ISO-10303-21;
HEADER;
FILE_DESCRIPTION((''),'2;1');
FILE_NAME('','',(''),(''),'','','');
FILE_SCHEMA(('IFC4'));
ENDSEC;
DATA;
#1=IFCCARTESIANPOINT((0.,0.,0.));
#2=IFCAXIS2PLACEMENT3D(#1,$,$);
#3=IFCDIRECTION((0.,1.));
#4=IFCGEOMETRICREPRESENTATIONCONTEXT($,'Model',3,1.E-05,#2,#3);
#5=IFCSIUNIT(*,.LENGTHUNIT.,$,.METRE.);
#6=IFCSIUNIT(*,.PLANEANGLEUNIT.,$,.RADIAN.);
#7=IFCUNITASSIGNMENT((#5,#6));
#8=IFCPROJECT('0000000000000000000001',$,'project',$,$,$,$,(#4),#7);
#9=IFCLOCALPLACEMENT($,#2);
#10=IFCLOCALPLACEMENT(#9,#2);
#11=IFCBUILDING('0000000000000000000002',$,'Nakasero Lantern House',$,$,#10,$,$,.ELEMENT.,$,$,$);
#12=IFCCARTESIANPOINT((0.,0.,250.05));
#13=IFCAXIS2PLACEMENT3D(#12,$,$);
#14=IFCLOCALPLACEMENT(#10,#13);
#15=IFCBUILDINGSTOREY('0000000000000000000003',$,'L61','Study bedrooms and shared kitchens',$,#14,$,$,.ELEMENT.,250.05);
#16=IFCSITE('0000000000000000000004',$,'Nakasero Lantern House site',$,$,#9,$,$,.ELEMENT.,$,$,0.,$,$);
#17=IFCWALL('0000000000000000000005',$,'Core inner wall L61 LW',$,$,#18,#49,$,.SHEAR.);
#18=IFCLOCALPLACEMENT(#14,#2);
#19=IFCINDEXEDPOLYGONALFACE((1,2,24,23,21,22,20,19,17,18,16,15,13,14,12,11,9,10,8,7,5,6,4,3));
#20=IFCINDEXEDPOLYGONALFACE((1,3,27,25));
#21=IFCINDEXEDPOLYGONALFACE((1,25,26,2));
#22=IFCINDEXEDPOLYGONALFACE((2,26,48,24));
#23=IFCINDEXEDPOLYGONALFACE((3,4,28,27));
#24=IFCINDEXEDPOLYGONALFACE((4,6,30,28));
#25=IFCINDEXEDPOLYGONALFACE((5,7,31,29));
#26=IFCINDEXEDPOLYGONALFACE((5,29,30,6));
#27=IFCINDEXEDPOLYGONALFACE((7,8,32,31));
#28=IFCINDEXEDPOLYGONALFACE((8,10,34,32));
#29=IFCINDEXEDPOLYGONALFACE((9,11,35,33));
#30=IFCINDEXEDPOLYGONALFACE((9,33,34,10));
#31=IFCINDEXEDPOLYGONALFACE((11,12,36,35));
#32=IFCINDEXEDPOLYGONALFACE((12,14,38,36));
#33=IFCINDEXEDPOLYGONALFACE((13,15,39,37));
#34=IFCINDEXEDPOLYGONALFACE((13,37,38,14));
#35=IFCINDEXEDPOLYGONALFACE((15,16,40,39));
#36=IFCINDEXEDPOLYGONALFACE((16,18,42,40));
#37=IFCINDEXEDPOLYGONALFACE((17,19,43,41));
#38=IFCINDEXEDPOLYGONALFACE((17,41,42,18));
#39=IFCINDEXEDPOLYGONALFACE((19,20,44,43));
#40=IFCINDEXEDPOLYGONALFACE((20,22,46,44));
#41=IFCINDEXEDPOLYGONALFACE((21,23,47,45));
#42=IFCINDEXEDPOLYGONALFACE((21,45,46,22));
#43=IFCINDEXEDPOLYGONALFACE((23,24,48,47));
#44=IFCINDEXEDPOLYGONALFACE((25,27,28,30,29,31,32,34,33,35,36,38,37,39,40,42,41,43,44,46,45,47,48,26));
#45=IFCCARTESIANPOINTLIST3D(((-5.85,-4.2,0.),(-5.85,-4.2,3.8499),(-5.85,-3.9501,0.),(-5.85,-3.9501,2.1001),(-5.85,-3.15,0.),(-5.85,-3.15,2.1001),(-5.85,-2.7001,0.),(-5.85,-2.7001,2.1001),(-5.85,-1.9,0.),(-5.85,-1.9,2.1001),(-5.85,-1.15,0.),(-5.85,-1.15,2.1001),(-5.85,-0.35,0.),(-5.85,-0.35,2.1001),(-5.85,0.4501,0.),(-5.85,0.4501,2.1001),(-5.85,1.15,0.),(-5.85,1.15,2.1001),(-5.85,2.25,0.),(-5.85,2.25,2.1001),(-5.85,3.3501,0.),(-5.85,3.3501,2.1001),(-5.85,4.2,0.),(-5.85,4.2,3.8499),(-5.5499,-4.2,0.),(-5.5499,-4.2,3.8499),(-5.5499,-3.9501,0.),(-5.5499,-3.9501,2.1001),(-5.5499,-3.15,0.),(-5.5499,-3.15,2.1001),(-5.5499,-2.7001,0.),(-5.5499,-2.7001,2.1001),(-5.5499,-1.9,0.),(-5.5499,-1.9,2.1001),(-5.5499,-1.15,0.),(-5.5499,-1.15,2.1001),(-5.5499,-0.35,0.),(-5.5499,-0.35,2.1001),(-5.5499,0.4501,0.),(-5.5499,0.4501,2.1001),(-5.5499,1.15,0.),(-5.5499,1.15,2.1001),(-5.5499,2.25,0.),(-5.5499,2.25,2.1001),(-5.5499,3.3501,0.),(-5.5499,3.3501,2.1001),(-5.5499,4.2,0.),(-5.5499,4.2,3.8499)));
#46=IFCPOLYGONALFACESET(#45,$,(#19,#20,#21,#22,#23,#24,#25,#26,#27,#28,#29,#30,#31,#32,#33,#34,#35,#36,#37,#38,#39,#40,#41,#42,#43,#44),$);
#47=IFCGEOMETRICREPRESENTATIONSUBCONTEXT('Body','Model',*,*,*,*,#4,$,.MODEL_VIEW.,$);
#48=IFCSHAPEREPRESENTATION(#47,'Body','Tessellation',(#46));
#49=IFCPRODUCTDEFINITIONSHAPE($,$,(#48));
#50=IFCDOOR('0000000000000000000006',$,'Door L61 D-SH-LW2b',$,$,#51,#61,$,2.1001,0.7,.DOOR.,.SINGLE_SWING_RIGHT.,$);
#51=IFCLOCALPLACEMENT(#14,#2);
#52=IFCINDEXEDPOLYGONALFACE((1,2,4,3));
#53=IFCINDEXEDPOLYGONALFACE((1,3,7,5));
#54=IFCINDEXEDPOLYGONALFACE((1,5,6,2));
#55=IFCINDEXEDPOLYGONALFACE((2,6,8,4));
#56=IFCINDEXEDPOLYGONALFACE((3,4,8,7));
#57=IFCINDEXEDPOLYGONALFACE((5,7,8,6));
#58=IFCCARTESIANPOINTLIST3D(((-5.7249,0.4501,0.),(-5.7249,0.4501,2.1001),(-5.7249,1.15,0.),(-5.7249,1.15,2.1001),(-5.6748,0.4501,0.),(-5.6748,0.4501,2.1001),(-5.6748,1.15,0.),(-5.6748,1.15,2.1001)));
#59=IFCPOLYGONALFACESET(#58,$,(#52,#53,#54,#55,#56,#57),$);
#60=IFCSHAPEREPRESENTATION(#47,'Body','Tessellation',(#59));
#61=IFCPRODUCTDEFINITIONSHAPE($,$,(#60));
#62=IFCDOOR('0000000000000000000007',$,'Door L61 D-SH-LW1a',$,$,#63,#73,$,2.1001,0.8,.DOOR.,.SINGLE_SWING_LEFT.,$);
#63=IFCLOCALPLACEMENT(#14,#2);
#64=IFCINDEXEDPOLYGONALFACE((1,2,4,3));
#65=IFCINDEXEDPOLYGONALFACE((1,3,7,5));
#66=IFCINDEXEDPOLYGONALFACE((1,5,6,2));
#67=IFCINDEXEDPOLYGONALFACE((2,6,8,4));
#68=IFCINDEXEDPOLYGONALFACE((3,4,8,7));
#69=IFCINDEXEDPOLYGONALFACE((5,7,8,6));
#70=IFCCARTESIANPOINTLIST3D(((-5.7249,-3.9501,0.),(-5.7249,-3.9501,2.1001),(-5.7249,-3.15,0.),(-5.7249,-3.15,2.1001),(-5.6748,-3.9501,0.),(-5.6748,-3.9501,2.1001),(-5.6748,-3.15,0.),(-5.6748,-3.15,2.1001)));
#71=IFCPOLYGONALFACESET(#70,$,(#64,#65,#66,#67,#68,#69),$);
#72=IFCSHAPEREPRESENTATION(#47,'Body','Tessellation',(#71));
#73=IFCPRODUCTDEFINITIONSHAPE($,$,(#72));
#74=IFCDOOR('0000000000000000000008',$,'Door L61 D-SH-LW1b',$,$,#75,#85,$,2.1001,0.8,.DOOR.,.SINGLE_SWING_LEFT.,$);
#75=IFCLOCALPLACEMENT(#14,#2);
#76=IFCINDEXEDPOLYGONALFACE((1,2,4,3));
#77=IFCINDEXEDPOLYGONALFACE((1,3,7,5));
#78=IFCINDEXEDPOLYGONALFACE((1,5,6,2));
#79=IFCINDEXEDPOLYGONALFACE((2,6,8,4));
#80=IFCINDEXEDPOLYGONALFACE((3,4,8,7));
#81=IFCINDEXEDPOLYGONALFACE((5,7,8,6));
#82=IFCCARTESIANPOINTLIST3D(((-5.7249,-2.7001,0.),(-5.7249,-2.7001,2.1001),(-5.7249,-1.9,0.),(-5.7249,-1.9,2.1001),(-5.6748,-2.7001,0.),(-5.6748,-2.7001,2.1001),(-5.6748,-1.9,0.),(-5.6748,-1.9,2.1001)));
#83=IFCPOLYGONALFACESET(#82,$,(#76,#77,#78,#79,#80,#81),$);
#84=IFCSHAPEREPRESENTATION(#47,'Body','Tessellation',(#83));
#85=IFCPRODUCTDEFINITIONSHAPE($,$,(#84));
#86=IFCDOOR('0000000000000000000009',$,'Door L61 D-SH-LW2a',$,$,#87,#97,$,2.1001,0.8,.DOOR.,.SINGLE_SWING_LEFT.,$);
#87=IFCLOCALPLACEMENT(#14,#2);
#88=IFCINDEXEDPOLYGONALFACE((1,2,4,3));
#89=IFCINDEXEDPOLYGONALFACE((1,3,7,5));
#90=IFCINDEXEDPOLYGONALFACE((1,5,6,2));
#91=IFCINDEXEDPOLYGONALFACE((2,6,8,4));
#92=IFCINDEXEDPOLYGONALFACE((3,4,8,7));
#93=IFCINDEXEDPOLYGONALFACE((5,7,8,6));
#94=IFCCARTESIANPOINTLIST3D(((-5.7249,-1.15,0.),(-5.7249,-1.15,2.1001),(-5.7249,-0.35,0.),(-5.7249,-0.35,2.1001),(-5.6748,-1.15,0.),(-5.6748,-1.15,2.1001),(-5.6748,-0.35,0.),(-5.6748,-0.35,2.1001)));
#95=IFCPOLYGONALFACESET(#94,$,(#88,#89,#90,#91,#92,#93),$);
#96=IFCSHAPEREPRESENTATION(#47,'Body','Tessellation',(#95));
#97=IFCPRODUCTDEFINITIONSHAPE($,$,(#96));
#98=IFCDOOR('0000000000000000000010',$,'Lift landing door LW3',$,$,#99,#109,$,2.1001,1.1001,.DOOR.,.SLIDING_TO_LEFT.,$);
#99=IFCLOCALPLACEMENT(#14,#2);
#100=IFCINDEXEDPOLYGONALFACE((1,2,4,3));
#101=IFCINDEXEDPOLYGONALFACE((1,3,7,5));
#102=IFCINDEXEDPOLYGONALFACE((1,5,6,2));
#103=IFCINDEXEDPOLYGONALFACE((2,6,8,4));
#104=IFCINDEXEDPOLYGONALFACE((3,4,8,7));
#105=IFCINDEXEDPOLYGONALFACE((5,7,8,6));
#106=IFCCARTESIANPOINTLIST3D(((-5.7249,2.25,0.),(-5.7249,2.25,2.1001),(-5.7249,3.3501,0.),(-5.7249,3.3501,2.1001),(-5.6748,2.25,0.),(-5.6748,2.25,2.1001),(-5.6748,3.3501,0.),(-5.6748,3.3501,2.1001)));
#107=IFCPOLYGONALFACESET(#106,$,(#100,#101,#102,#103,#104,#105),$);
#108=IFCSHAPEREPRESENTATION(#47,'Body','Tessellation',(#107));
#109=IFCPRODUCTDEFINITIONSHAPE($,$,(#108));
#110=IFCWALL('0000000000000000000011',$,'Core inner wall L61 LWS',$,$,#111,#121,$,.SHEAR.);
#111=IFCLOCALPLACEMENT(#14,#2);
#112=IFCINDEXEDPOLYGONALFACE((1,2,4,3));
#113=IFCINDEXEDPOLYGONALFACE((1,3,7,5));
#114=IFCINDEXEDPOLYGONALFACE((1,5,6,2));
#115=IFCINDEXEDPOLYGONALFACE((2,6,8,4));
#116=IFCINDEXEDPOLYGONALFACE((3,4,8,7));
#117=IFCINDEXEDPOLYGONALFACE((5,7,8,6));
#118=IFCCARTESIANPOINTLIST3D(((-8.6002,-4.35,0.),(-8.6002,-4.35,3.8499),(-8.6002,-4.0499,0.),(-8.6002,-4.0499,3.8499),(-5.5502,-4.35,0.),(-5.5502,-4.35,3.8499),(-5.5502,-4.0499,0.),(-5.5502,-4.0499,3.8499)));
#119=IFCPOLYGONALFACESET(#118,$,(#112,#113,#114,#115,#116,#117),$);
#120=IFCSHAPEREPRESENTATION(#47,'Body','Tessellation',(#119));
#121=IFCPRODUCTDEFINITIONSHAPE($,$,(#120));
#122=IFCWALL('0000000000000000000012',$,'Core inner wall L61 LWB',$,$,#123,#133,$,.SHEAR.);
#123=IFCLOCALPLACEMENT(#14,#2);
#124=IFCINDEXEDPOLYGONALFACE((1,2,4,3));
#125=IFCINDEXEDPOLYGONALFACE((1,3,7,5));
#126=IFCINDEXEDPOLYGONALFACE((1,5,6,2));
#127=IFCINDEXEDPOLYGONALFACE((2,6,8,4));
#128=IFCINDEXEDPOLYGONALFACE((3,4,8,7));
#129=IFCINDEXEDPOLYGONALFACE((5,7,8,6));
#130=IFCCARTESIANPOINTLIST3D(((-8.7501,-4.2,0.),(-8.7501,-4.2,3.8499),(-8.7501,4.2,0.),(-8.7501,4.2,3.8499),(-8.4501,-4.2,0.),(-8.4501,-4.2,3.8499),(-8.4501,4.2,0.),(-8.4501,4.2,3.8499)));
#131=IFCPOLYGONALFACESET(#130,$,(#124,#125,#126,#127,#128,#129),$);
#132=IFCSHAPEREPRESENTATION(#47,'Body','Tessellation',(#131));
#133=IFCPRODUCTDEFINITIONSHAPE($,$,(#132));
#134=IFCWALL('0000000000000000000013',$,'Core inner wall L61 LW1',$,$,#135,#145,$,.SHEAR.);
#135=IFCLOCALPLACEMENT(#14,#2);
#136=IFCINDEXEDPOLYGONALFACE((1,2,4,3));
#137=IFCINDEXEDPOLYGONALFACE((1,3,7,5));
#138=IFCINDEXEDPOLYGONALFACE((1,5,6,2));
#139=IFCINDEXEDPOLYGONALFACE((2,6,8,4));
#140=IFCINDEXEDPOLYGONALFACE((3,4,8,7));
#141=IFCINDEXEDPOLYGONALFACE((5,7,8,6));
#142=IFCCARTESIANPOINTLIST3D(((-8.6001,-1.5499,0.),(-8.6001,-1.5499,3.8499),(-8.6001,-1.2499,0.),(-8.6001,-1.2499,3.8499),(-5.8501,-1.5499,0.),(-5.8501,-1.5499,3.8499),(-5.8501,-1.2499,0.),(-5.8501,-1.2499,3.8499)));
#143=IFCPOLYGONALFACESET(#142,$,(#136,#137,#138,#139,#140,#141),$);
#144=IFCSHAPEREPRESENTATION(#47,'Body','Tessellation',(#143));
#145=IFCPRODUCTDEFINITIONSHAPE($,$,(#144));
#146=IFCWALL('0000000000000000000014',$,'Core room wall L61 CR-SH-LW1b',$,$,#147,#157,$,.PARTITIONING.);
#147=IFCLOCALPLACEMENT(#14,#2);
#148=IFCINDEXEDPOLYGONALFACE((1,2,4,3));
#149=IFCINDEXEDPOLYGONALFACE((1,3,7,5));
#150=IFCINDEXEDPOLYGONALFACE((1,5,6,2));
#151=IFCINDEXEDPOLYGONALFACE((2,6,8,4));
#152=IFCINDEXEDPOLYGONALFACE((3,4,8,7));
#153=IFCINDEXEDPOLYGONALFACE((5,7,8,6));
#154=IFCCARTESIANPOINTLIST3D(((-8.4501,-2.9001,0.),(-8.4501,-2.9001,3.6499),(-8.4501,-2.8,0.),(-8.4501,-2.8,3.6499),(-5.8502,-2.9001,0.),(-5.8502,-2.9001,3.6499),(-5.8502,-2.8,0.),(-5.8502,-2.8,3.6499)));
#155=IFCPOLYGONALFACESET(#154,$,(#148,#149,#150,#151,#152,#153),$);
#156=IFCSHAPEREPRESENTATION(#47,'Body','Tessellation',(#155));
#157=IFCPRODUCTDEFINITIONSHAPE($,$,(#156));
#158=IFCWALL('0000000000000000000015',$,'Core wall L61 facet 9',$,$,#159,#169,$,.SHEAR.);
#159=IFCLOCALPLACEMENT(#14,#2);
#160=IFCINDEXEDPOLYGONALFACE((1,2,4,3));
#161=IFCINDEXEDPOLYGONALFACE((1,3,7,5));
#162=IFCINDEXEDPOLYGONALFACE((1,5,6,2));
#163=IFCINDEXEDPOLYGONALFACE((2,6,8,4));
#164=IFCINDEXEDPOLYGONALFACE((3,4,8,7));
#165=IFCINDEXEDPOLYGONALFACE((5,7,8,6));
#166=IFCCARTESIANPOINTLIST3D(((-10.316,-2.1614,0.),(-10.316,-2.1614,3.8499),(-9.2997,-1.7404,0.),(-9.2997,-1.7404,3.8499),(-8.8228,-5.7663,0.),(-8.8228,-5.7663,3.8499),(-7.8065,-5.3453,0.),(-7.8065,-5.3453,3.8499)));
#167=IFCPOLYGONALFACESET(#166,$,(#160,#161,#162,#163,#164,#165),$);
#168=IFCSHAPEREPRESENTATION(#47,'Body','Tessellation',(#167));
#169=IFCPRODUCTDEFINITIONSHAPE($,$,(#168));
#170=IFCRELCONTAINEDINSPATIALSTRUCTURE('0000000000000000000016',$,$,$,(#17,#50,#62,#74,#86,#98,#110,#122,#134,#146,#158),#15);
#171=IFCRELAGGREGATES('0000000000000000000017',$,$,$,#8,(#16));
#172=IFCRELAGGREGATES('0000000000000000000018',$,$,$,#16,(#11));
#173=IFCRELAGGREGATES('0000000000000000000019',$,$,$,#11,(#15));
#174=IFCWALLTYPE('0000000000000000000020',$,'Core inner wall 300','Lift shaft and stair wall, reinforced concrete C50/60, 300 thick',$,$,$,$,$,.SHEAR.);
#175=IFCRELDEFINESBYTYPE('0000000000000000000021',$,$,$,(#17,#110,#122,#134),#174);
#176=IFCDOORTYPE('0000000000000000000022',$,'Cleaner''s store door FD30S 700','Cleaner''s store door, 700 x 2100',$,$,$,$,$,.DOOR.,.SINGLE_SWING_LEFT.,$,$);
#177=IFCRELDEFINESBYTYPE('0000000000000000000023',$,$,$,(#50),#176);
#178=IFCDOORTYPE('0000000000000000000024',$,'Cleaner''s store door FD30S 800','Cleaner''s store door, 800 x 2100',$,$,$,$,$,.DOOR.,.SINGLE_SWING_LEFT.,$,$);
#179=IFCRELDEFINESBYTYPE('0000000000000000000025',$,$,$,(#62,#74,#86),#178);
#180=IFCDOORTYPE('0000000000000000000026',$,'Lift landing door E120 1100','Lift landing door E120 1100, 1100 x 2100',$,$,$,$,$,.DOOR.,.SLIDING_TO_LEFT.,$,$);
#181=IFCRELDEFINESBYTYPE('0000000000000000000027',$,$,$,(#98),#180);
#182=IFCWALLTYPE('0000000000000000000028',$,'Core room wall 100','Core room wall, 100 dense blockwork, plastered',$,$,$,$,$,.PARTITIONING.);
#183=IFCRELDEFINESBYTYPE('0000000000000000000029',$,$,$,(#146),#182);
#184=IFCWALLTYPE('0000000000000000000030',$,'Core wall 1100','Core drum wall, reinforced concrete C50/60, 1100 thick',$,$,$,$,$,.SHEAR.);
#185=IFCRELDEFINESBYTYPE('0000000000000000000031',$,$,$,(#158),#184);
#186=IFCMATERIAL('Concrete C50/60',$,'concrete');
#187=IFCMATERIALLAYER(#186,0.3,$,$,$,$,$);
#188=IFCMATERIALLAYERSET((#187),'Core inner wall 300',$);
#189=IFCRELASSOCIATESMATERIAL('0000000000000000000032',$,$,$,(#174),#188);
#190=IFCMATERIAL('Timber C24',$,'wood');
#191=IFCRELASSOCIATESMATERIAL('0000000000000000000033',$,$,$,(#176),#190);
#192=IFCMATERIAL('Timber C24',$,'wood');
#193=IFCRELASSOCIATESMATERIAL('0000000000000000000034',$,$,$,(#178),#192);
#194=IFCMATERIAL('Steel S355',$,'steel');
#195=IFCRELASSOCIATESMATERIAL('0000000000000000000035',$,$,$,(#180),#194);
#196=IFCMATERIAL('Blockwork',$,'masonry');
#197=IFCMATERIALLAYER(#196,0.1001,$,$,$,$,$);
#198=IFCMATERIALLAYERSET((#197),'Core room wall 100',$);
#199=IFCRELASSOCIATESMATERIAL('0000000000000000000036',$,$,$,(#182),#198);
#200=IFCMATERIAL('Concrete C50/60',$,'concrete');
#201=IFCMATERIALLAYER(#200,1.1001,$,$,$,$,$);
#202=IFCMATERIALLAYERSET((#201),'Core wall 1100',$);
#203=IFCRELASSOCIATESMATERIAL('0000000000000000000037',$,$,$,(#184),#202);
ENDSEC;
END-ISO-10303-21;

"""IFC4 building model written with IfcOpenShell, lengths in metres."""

from ifc_helpers import new_model, si_unit, direction, frame, frame_2d, origin, place, context, subcontext, project, spatial, rectangle, extrude, material, layer, layer_set, type_object, element, fill, save


model = new_model("IFC4")

# Units and contexts
model_context = context("Model", 3, precision=1e-05, world=origin(), true_north=direction((0.0, 1.0)))
body_context = subcontext(model_context, "Body", "Model", "MODEL_VIEW")
ifc_project = project(units=[si_unit("LENGTHUNIT", "METRE"), si_unit("PLANEANGLEUNIT", "RADIAN")], contexts=[model_context])

# Site, building, storey
site_placement = place(None, origin())
site = spatial("IfcSite", under=ifc_project, at=site_placement, Name="Nakasero Lantern House site", CompositionType="ELEMENT", RefElevation=0.0)
building_placement = place(site_placement, origin())
building = spatial("IfcBuilding", under=site, at=building_placement, Name="Nakasero Lantern House", CompositionType="ELEMENT")
storey_placement = place(building_placement, frame((0.0, 0.0, 250.05)))
storey = spatial("IfcBuildingStorey", under=building, at=storey_placement, Name="L61", Description="Study bedrooms and shared kitchens", CompositionType="ELEMENT", Elevation=250.05)

# Wall, openings, doors
ifc_material_1 = material(Name="Concrete C50/60", Category="concrete")
ifc_layer_1 = layer(ifc_material_1, 0.3)
ifc_layer_set_1 = layer_set([ifc_layer_1], Name="Core inner wall 300")
wall_type_1 = type_object("IfcWallType", Name="Core inner wall 300", Description="Lift shaft and stair wall, reinforced concrete C50/60, 300 thick", PredefinedType="SHEAR", material=ifc_layer_set_1)
wall_1_placement = place(storey_placement, frame((-5.7, -4.2, 0.0), z_axis=(0.0, 0.0, 1.0), x_axis=(0.0, 1.0, 0.0)))
wall_1 = element("IfcWall", 1, at=wall_1_placement, inside=storey, type_object=wall_type_1, Name="Core inner wall L61 LW", PredefinedType="SHEAR", context=body_context, shape_type="SweptSolid", body=[
    extrude(rectangle(XDim=8.3999, YDim=0.3, at=frame_2d((4.2, 0.0))), origin(), (0.0, 0.0, 1.0), 3.8499),
])
opening_1_placement = place(wall_1_placement, frame((0.25, 0.0, 0.0)))
opening_1 = element("IfcOpeningElement", 2, at=opening_1_placement, cuts=wall_1, PredefinedType="OPENING", context=body_context, shape_type="SweptSolid", body=[
    extrude(rectangle(XDim=0.8, YDim=2.1001, at=frame_2d((0.3999, 1.05))), frame((0.0, 0.1699, 0.0), z_axis=(0.0, -1.0, 0.0), x_axis=(1.0, 0.0, 0.0)), (0.0, 0.0, 1.0), 0.3401),
])
opening_2_placement = place(wall_1_placement, frame((1.5, 0.0, 0.0)))
opening_2 = element("IfcOpeningElement", 3, at=opening_2_placement, cuts=wall_1, PredefinedType="OPENING", context=body_context, shape_type="SweptSolid", body=[
    extrude(rectangle(XDim=0.8, YDim=2.1001, at=frame_2d((0.3999, 1.05))), frame((0.0, 0.1699, 0.0), z_axis=(0.0, -1.0, 0.0), x_axis=(1.0, 0.0, 0.0)), (0.0, 0.0, 1.0), 0.3401),
])
opening_3_placement = place(wall_1_placement, frame((3.05, 0.0, 0.0)))
opening_3 = element("IfcOpeningElement", 4, at=opening_3_placement, cuts=wall_1, PredefinedType="OPENING", context=body_context, shape_type="SweptSolid", body=[
    extrude(rectangle(XDim=0.8, YDim=2.1001, at=frame_2d((0.3999, 1.05))), frame((0.0, 0.1699, 0.0), z_axis=(0.0, -1.0, 0.0), x_axis=(1.0, 0.0, 0.0)), (0.0, 0.0, 1.0), 0.3401),
])
opening_4_placement = place(wall_1_placement, frame((4.6499, 0.0, 0.0)))
opening_4 = element("IfcOpeningElement", 5, at=opening_4_placement, cuts=wall_1, PredefinedType="OPENING", context=body_context, shape_type="SweptSolid", body=[
    extrude(rectangle(XDim=0.7, YDim=2.1001, at=frame_2d((0.3501, 1.05))), frame((0.0, 0.1699, 0.0), z_axis=(0.0, -1.0, 0.0), x_axis=(1.0, 0.0, 0.0)), (0.0, 0.0, 1.0), 0.3401),
])
opening_5_placement = place(wall_1_placement, frame((6.45, 0.0, 0.0)))
opening_5 = element("IfcOpeningElement", 6, at=opening_5_placement, cuts=wall_1, PredefinedType="OPENING", context=body_context, shape_type="SweptSolid", body=[
    extrude(rectangle(XDim=1.1001, YDim=2.1001, at=frame_2d((0.55, 1.05))), frame((0.0, 0.1699, 0.0), z_axis=(0.0, -1.0, 0.0), x_axis=(1.0, 0.0, 0.0)), (0.0, 0.0, 1.0), 0.3401),
])
ifc_material_2 = material(Name="Timber C24", Category="wood")
door_type_1 = type_object("IfcDoorType", Name="Cleaner's store door FD30S 700", Description="Cleaner's store door, 700 x 2100", OperationType="SINGLE_SWING_LEFT", PredefinedType="DOOR", material=ifc_material_2)
door_1_placement = place(opening_4_placement, origin())
door_1 = element("IfcDoor", 7, at=door_1_placement, inside=storey, type_object=door_type_1, Name="Door L61 D-SH-LW2b", OperationType="SINGLE_SWING_RIGHT", OverallHeight=2.1001, OverallWidth=0.7, PredefinedType="DOOR", context=body_context, shape_type="SweptSolid", body=[
    extrude(rectangle(XDim=0.7, YDim=2.1001, at=frame_2d((0.3501, 1.05))), frame((0.0, 0.0249, 0.0), z_axis=(0.0, -1.0, 0.0), x_axis=(1.0, 0.0, 0.0)), (0.0, 0.0, 1.0), 0.05),
])
fill(opening_4, door_1)
ifc_material_3 = material(Name="Timber C24", Category="wood")
door_type_2 = type_object("IfcDoorType", Name="Cleaner's store door FD30S 800", Description="Cleaner's store door, 800 x 2100", OperationType="SINGLE_SWING_LEFT", PredefinedType="DOOR", material=ifc_material_3)
door_2_placement = place(opening_1_placement, origin())
door_2 = element("IfcDoor", 8, at=door_2_placement, inside=storey, type_object=door_type_2, Name="Door L61 D-SH-LW1a", OperationType="SINGLE_SWING_LEFT", OverallHeight=2.1001, OverallWidth=0.8, PredefinedType="DOOR", context=body_context, shape_type="SweptSolid", body=[
    extrude(rectangle(XDim=0.8, YDim=2.1001, at=frame_2d((0.3999, 1.05))), frame((0.0, 0.0249, 0.0), z_axis=(0.0, -1.0, 0.0), x_axis=(1.0, 0.0, 0.0)), (0.0, 0.0, 1.0), 0.05),
])
fill(opening_1, door_2)
door_3_placement = place(opening_2_placement, origin())
door_3 = element("IfcDoor", 9, at=door_3_placement, inside=storey, type_object=door_type_2, Name="Door L61 D-SH-LW1b", OperationType="SINGLE_SWING_LEFT", OverallHeight=2.1001, OverallWidth=0.8, PredefinedType="DOOR", context=body_context, shape_type="SweptSolid", body=[
    extrude(rectangle(XDim=0.8, YDim=2.1001, at=frame_2d((0.3999, 1.05))), frame((0.0, 0.0249, 0.0), z_axis=(0.0, -1.0, 0.0), x_axis=(1.0, 0.0, 0.0)), (0.0, 0.0, 1.0), 0.05),
])
fill(opening_2, door_3)
door_4_placement = place(opening_3_placement, origin())
door_4 = element("IfcDoor", 10, at=door_4_placement, inside=storey, type_object=door_type_2, Name="Door L61 D-SH-LW2a", OperationType="SINGLE_SWING_LEFT", OverallHeight=2.1001, OverallWidth=0.8, PredefinedType="DOOR", context=body_context, shape_type="SweptSolid", body=[
    extrude(rectangle(XDim=0.8, YDim=2.1001, at=frame_2d((0.3999, 1.05))), frame((0.0, 0.0249, 0.0), z_axis=(0.0, -1.0, 0.0), x_axis=(1.0, 0.0, 0.0)), (0.0, 0.0, 1.0), 0.05),
])
fill(opening_3, door_4)
ifc_material_4 = material(Name="Steel S355", Category="steel")
door_type_3 = type_object("IfcDoorType", Name="Lift landing door E120 1100", Description="Lift landing door E120 1100, 1100 x 2100", OperationType="SLIDING_TO_LEFT", PredefinedType="DOOR", material=ifc_material_4)
door_5_placement = place(opening_5_placement, origin())
door_5 = element("IfcDoor", 11, at=door_5_placement, inside=storey, type_object=door_type_3, Name="Lift landing door LW3", OperationType="SLIDING_TO_LEFT", OverallHeight=2.1001, OverallWidth=1.1001, PredefinedType="DOOR", context=body_context, shape_type="SweptSolid", body=[
    extrude(rectangle(XDim=1.1001, YDim=2.1001, at=frame_2d((0.55, 1.05))), frame((0.0, 0.0249, 0.0), z_axis=(0.0, -1.0, 0.0), x_axis=(1.0, 0.0, 0.0)), (0.0, 0.0, 1.0), 0.05),
])
fill(opening_5, door_5)

# Walls
wall_2_placement = place(storey_placement, frame((-8.6001, -4.2, 0.0), z_axis=(0.0, 0.0, 1.0), x_axis=(1.0, 0.0, 0.0)))
element("IfcWall", 12, at=wall_2_placement, inside=storey, type_object=wall_type_1, Name="Core inner wall L61 LWS", PredefinedType="SHEAR", context=body_context, shape_type="SweptSolid", body=[
    extrude(rectangle(XDim=3.05, YDim=0.3, at=frame_2d((1.5249, 0.0))), origin(), (0.0, 0.0, 1.0), 3.8499),
])
wall_3_placement = place(storey_placement, frame((-8.6001, -4.2, 0.0), z_axis=(0.0, 0.0, 1.0), x_axis=(0.0, 1.0, 0.0)))
element("IfcWall", 13, at=wall_3_placement, inside=storey, type_object=wall_type_1, Name="Core inner wall L61 LWB", PredefinedType="SHEAR", context=body_context, shape_type="SweptSolid", body=[
    extrude(rectangle(XDim=8.3999, YDim=0.3, at=frame_2d((4.2, 0.0))), origin(), (0.0, 0.0, 1.0), 3.8499),
])
wall_4_placement = place(storey_placement, frame((-8.6001, -1.3999, 0.0), z_axis=(0.0, 0.0, 1.0), x_axis=(1.0, 0.0, 0.0)))
element("IfcWall", 14, at=wall_4_placement, inside=storey, type_object=wall_type_1, Name="Core inner wall L61 LW1", PredefinedType="SHEAR", context=body_context, shape_type="SweptSolid", body=[
    extrude(rectangle(XDim=2.75, YDim=0.3, at=frame_2d((1.375, 0.0))), origin(), (0.0, 0.0, 1.0), 3.8499),
])
ifc_material_5 = material(Name="Blockwork", Category="masonry")
ifc_layer_2 = layer(ifc_material_5, 0.1001)
ifc_layer_set_2 = layer_set([ifc_layer_2], Name="Core room wall 100")
wall_type_2 = type_object("IfcWallType", Name="Core room wall 100", Description="Core room wall, 100 dense blockwork, plastered", PredefinedType="PARTITIONING", material=ifc_layer_set_2)
wall_5_placement = place(storey_placement, frame((-8.45, -2.8501, 0.0), z_axis=(0.0, 0.0, 1.0), x_axis=(1.0, 0.0, 0.0)))
element("IfcWall", 15, at=wall_5_placement, inside=storey, type_object=wall_type_2, Name="Core room wall L61 CR-SH-LW1b", PredefinedType="PARTITIONING", context=body_context, shape_type="SweptSolid", body=[
    extrude(rectangle(XDim=2.5999, YDim=0.1001, at=frame_2d((1.2998, 0.0))), origin(), (0.0, 0.0, 1.0), 3.6499),
])
ifc_material_6 = material(Name="Concrete C50/60", Category="concrete")
ifc_layer_3 = layer(ifc_material_6, 1.1001)
ifc_layer_set_3 = layer_set([ifc_layer_3], Name="Core wall 1100")
wall_type_3 = type_object("IfcWallType", Name="Core wall 1100", Description="Core drum wall, reinforced concrete C50/60, 1100 thick", PredefinedType="SHEAR", material=ifc_layer_set_3)
wall_6_placement = place(storey_placement, frame((-9.8079, -1.9509, 0.0), z_axis=(0.0, 0.0, 1.0), x_axis=(0.382691, -0.923877, 0.0)))
element("IfcWall", 16, at=wall_6_placement, inside=storey, type_object=wall_type_3, Name="Core wall L61 facet 9", PredefinedType="SHEAR", context=body_context, shape_type="SweptSolid", body=[
    extrude(rectangle(XDim=3.9019, YDim=1.1001, at=frame_2d((1.9509, 0.0))), origin(), (0.0, 0.0, 1.0), 3.8499),
])

save(model, "model.ifc")
